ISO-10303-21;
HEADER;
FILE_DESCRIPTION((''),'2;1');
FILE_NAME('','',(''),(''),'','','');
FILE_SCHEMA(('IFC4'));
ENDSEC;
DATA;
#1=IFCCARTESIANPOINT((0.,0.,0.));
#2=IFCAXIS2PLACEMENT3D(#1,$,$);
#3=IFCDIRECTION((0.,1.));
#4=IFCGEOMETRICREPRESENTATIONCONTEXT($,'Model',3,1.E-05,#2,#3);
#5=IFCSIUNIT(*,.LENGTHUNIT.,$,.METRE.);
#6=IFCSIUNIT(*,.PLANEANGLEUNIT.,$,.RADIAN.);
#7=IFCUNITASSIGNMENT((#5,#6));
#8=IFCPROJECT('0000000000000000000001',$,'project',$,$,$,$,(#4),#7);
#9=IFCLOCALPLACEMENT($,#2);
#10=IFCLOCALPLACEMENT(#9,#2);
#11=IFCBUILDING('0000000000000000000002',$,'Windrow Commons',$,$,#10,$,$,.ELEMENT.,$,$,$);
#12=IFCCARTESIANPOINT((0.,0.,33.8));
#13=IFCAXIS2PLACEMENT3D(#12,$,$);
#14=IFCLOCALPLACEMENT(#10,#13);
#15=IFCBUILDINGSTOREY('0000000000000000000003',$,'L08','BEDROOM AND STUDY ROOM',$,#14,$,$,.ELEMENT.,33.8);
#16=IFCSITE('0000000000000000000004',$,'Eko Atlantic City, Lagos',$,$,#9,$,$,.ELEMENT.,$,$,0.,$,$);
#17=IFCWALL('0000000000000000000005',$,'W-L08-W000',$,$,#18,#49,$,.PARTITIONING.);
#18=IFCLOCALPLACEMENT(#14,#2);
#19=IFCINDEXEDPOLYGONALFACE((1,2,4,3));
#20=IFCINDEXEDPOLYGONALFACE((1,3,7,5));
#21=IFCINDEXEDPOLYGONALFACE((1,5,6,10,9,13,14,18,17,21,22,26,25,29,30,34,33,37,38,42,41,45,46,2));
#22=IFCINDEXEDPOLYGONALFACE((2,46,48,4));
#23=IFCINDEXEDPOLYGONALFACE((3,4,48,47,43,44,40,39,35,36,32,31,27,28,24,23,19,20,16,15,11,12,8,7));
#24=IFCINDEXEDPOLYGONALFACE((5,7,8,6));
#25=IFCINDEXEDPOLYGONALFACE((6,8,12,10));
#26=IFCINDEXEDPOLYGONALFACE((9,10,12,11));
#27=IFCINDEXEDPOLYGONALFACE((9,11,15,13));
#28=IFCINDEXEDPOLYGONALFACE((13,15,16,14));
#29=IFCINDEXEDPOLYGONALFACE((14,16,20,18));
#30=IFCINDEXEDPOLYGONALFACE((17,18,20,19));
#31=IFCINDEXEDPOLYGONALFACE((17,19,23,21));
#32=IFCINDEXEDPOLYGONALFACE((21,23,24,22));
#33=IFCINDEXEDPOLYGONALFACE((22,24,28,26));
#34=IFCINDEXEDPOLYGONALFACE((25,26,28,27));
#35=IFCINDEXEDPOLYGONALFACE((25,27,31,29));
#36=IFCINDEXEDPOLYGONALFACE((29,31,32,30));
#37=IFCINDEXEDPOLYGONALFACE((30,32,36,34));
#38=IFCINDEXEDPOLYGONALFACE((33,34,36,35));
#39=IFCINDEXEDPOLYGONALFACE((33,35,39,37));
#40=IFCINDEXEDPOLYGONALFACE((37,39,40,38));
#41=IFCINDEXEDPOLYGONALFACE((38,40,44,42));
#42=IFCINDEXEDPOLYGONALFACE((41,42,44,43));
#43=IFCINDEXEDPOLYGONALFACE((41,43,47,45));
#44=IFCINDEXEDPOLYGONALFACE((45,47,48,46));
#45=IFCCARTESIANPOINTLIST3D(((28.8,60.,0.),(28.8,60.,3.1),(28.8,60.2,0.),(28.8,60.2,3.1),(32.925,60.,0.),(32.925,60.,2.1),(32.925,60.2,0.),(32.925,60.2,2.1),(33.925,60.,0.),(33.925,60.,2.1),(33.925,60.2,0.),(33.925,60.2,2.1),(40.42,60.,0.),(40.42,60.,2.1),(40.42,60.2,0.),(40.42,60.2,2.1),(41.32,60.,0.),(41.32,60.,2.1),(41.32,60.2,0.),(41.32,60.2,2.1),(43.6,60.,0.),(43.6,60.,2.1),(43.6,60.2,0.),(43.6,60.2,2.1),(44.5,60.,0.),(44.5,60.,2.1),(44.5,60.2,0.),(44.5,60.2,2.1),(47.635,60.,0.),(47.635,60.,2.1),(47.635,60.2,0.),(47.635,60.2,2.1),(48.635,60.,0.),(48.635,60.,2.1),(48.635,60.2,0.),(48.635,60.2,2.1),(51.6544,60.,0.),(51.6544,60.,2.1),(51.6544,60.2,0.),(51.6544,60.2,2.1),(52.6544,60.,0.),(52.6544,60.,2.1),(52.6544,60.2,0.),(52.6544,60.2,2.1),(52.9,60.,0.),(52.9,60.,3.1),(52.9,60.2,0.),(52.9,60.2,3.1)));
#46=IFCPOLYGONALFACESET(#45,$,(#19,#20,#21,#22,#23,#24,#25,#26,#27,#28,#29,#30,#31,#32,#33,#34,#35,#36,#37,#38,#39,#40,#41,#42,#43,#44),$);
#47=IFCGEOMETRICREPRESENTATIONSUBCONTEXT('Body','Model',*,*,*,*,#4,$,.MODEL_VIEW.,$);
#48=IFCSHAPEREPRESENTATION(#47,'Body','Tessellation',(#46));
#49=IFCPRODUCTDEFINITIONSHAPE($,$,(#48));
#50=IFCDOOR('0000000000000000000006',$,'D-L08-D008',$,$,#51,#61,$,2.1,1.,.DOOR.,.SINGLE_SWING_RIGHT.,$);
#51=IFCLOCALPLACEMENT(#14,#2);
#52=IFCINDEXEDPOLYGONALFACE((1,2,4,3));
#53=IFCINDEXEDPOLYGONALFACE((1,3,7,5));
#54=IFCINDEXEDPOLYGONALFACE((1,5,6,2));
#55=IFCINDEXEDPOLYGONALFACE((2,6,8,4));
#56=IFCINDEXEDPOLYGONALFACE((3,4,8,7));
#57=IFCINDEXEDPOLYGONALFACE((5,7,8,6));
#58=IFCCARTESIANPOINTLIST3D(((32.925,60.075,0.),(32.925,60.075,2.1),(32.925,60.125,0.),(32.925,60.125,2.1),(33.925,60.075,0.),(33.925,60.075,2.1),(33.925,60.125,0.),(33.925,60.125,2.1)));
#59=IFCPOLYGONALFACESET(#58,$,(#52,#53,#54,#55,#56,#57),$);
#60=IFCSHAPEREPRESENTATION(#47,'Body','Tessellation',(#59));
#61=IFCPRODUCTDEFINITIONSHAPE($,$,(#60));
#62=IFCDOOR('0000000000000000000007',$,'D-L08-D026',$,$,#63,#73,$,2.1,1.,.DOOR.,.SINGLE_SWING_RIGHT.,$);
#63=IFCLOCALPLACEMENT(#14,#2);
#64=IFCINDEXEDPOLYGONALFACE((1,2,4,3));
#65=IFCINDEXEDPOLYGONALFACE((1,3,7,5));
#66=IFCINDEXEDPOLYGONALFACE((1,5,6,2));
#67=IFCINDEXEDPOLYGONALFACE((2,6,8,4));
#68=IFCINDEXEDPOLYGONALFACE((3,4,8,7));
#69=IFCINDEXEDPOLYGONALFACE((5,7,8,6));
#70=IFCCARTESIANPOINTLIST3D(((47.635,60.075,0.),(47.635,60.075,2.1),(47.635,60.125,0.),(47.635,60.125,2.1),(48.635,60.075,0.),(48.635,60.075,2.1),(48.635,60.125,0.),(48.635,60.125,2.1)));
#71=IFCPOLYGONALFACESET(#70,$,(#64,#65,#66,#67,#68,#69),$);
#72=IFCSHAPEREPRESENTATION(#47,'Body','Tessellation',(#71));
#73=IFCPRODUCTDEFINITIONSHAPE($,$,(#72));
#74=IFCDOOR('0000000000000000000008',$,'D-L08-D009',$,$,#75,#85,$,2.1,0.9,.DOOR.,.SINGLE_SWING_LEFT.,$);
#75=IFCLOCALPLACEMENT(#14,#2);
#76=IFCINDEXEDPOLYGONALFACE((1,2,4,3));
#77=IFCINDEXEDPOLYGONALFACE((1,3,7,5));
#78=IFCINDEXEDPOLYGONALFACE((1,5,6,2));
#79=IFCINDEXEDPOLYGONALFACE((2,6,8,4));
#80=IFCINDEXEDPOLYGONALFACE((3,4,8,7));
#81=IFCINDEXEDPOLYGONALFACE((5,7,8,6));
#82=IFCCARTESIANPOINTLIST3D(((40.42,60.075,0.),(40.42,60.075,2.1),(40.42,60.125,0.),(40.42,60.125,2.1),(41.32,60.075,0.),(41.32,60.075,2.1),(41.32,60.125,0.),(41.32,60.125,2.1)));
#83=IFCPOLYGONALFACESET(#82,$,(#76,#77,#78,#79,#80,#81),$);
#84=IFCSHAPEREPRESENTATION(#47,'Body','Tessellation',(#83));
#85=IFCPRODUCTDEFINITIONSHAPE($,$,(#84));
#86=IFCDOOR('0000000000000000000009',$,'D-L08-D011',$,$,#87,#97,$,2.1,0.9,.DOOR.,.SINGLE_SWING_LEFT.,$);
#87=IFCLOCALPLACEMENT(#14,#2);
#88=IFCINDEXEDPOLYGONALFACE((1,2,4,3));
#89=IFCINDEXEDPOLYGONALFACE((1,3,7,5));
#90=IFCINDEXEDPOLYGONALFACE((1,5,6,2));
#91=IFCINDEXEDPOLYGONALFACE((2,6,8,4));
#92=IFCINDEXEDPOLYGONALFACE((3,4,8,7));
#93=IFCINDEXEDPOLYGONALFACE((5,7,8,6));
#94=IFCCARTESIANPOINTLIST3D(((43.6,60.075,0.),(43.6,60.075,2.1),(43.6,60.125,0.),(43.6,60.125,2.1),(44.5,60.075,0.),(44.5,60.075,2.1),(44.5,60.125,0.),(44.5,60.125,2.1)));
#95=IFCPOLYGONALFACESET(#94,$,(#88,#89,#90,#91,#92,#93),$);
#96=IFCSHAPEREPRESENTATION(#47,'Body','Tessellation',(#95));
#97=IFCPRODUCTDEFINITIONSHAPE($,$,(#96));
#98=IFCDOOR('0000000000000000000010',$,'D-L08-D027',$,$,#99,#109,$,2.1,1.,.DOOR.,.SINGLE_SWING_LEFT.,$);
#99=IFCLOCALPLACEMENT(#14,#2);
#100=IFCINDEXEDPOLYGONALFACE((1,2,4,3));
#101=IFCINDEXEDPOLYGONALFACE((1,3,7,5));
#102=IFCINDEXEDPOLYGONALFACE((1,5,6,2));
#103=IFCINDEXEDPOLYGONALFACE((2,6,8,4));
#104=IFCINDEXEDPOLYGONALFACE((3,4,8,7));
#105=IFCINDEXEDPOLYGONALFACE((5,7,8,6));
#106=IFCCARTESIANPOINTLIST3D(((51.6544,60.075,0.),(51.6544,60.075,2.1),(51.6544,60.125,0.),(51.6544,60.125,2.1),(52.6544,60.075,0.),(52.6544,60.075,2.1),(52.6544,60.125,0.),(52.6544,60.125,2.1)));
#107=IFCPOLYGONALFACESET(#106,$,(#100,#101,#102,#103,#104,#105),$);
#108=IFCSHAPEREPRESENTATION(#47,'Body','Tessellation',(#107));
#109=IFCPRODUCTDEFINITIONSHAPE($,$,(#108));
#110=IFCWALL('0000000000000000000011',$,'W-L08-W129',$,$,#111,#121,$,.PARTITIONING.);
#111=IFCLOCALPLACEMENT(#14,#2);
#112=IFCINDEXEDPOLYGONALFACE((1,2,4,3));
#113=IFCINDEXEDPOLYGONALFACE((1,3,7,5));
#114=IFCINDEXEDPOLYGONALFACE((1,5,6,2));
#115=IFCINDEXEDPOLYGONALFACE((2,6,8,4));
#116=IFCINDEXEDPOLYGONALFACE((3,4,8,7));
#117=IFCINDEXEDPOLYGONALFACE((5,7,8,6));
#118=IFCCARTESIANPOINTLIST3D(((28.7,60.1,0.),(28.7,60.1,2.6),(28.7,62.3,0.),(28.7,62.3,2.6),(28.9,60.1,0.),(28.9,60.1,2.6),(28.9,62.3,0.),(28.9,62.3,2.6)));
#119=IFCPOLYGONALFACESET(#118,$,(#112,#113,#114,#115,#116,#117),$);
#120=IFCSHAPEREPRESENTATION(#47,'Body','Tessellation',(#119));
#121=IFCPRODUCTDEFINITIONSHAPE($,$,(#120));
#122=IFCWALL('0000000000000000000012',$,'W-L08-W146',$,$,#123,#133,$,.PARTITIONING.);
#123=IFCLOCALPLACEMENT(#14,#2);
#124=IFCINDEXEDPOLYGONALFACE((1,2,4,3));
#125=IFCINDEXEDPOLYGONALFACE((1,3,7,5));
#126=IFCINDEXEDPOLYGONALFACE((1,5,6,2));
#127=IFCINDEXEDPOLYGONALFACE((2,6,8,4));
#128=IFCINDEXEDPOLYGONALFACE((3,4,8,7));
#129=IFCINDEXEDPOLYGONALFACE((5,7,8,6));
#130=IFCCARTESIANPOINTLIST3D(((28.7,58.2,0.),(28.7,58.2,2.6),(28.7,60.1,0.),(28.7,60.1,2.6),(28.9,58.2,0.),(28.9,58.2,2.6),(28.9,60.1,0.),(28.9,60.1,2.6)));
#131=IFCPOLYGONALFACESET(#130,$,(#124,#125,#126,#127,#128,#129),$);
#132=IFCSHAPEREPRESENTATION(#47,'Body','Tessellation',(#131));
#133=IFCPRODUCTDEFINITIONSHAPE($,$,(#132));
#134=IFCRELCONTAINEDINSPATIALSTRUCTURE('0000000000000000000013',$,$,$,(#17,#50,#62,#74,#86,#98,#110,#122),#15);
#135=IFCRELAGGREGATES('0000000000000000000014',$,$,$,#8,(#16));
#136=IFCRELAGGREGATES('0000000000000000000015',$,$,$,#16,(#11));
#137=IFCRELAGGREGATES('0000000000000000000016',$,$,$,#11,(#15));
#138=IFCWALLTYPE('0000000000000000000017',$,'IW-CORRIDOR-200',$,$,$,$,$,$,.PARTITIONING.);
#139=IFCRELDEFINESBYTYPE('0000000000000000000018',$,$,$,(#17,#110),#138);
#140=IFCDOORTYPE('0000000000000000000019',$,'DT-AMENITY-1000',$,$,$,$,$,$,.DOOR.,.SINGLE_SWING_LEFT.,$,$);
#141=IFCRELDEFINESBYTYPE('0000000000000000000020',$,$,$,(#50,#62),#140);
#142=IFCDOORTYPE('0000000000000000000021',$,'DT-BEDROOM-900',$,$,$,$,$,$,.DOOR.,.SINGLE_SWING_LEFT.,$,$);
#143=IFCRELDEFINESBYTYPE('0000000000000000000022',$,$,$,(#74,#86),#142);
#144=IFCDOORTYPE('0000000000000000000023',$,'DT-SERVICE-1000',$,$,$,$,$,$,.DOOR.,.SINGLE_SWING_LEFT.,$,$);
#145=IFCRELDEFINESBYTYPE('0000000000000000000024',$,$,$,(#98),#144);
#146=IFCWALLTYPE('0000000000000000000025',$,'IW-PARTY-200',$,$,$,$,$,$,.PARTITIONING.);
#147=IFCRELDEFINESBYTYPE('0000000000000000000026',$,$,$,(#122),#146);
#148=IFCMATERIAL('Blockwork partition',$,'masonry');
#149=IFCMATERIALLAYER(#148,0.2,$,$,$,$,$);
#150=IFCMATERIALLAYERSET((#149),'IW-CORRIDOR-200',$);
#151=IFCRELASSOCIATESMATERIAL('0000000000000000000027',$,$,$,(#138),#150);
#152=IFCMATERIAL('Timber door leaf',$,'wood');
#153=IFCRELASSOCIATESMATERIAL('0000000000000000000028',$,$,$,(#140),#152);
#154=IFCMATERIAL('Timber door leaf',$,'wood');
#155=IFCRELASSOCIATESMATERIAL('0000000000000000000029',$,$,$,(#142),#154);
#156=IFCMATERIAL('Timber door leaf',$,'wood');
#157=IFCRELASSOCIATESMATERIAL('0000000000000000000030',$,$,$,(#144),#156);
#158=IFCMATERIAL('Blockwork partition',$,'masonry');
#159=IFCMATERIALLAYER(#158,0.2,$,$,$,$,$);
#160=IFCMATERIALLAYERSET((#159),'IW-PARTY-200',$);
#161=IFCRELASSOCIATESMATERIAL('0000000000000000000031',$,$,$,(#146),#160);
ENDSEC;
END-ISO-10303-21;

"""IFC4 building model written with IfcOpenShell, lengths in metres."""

from ifc_helpers import new_model, si_unit, direction, frame, frame_2d, origin, place, context, subcontext, project, spatial, rectangle, extrude, material, layer, layer_set, type_object, element, fill, save


model = new_model("IFC4")

# Units and contexts
model_context = context("Model", 3, precision=1e-05, world=origin(), true_north=direction((0.0, 1.0)))
body_context = subcontext(model_context, "Body", "Model", "MODEL_VIEW")
ifc_project = project(units=[si_unit("LENGTHUNIT", "METRE"), si_unit("PLANEANGLEUNIT", "RADIAN")], contexts=[model_context])

# Site, building, storey
site_placement = place(None, origin())
site = spatial("IfcSite", under=ifc_project, at=site_placement, Name="Eko Atlantic City, Lagos", CompositionType="ELEMENT", RefElevation=0.0)
building_placement = place(site_placement, origin())
building = spatial("IfcBuilding", under=site, at=building_placement, Name="Windrow Commons", CompositionType="ELEMENT")
storey_placement = place(building_placement, frame((0.0, 0.0, 33.8)))
storey = spatial("IfcBuildingStorey", under=building, at=storey_placement, Name="L08", Description="BEDROOM AND STUDY ROOM", CompositionType="ELEMENT", Elevation=33.8)

# Wall, openings, doors
ifc_material_1 = material(Name="Blockwork partition", Category="masonry")
ifc_layer_1 = layer(ifc_material_1, 0.2)
ifc_layer_set_1 = layer_set([ifc_layer_1], Name="IW-CORRIDOR-200")
wall_type_1 = type_object("IfcWallType", Name="IW-CORRIDOR-200", PredefinedType="PARTITIONING", material=ifc_layer_set_1)
wall_1_placement = place(storey_placement, frame((28.8, 60.1, 0.0), z_axis=(0.0, 0.0, 1.0), x_axis=(1.0, 0.0, 0.0)))
wall_1 = element("IfcWall", 1, at=wall_1_placement, inside=storey, type_object=wall_type_1, Name="W-L08-W000", PredefinedType="PARTITIONING", context=body_context, shape_type="SweptSolid", body=[
    extrude(rectangle(XDim=24.1, YDim=0.2, at=frame_2d((12.05, 0.0))), origin(), (0.0, 0.0, 1.0), 3.1),
])
opening_1_placement = place(wall_1_placement, frame((4.125, 0.0, 0.0)))
opening_1 = element("IfcOpeningElement", 2, at=opening_1_placement, cuts=wall_1, PredefinedType="OPENING", context=body_context, shape_type="SweptSolid", body=[
    extrude(rectangle(XDim=1.0, YDim=2.1, at=frame_2d((0.5, 1.05))), frame((0.0, 0.11, 0.0), z_axis=(0.0, -1.0, 0.0), x_axis=(1.0, 0.0, 0.0)), (0.0, 0.0, 1.0), 0.22),
])
opening_2_placement = place(wall_1_placement, frame((11.62, 0.0, 0.0)))
opening_2 = element("IfcOpeningElement", 3, at=opening_2_placement, cuts=wall_1, PredefinedType="OPENING", context=body_context, shape_type="SweptSolid", body=[
    extrude(rectangle(XDim=0.9, YDim=2.1, at=frame_2d((0.45, 1.05))), frame((0.0, 0.11, 0.0), z_axis=(0.0, -1.0, 0.0), x_axis=(1.0, 0.0, 0.0)), (0.0, 0.0, 1.0), 0.22),
])
opening_3_placement = place(wall_1_placement, frame((14.8, 0.0, 0.0)))
opening_3 = element("IfcOpeningElement", 4, at=opening_3_placement, cuts=wall_1, PredefinedType="OPENING", context=body_context, shape_type="SweptSolid", body=[
    extrude(rectangle(XDim=0.9, YDim=2.1, at=frame_2d((0.45, 1.05))), frame((0.0, 0.11, 0.0), z_axis=(0.0, -1.0, 0.0), x_axis=(1.0, 0.0, 0.0)), (0.0, 0.0, 1.0), 0.22),
])
opening_4_placement = place(wall_1_placement, frame((18.835, 0.0, 0.0)))
opening_4 = element("IfcOpeningElement", 5, at=opening_4_placement, cuts=wall_1, PredefinedType="OPENING", context=body_context, shape_type="SweptSolid", body=[
    extrude(rectangle(XDim=1.0, YDim=2.1, at=frame_2d((0.5, 1.05))), frame((0.0, 0.11, 0.0), z_axis=(0.0, -1.0, 0.0), x_axis=(1.0, 0.0, 0.0)), (0.0, 0.0, 1.0), 0.22),
])
opening_5_placement = place(wall_1_placement, frame((22.8544, 0.0, 0.0)))
opening_5 = element("IfcOpeningElement", 6, at=opening_5_placement, cuts=wall_1, PredefinedType="OPENING", context=body_context, shape_type="SweptSolid", body=[
    extrude(rectangle(XDim=1.0, YDim=2.1, at=frame_2d((0.5, 1.05))), frame((0.0, 0.11, 0.0), z_axis=(0.0, -1.0, 0.0), x_axis=(1.0, 0.0, 0.0)), (0.0, 0.0, 1.0), 0.22),
])
ifc_material_2 = material(Name="Timber door leaf", Category="wood")
door_type_1 = type_object("IfcDoorType", Name="DT-AMENITY-1000", OperationType="SINGLE_SWING_LEFT", PredefinedType="DOOR", material=ifc_material_2)
door_1_placement = place(opening_1_placement, origin())
door_1 = element("IfcDoor", 7, at=door_1_placement, inside=storey, type_object=door_type_1, Name="D-L08-D008", OperationType="SINGLE_SWING_RIGHT", OverallHeight=2.1, OverallWidth=1.0, PredefinedType="DOOR", context=body_context, shape_type="SweptSolid", body=[
    extrude(rectangle(XDim=1.0, YDim=2.1, at=frame_2d((0.5, 1.05))), frame((0.0, 0.025, 0.0), z_axis=(0.0, -1.0, 0.0), x_axis=(1.0, 0.0, 0.0)), (0.0, 0.0, 1.0), 0.05),
])
fill(opening_1, door_1)
door_2_placement = place(opening_4_placement, origin())
door_2 = element("IfcDoor", 8, at=door_2_placement, inside=storey, type_object=door_type_1, Name="D-L08-D026", OperationType="SINGLE_SWING_RIGHT", OverallHeight=2.1, OverallWidth=1.0, PredefinedType="DOOR", context=body_context, shape_type="SweptSolid", body=[
    extrude(rectangle(XDim=1.0, YDim=2.1, at=frame_2d((0.5, 1.05))), frame((0.0, 0.025, 0.0), z_axis=(0.0, -1.0, 0.0), x_axis=(1.0, 0.0, 0.0)), (0.0, 0.0, 1.0), 0.05),
])
fill(opening_4, door_2)
ifc_material_3 = material(Name="Timber door leaf", Category="wood")
door_type_2 = type_object("IfcDoorType", Name="DT-BEDROOM-900", OperationType="SINGLE_SWING_LEFT", PredefinedType="DOOR", material=ifc_material_3)
door_3_placement = place(opening_2_placement, origin())
door_3 = element("IfcDoor", 9, at=door_3_placement, inside=storey, type_object=door_type_2, Name="D-L08-D009", OperationType="SINGLE_SWING_LEFT", OverallHeight=2.1, OverallWidth=0.9, PredefinedType="DOOR", context=body_context, shape_type="SweptSolid", body=[
    extrude(rectangle(XDim=0.9, YDim=2.1, at=frame_2d((0.45, 1.05))), frame((0.0, 0.025, 0.0), z_axis=(0.0, -1.0, 0.0), x_axis=(1.0, 0.0, 0.0)), (0.0, 0.0, 1.0), 0.05),
])
fill(opening_2, door_3)
door_4_placement = place(opening_3_placement, origin())
door_4 = element("IfcDoor", 10, at=door_4_placement, inside=storey, type_object=door_type_2, Name="D-L08-D011", OperationType="SINGLE_SWING_LEFT", OverallHeight=2.1, OverallWidth=0.9, PredefinedType="DOOR", context=body_context, shape_type="SweptSolid", body=[
    extrude(rectangle(XDim=0.9, YDim=2.1, at=frame_2d((0.45, 1.05))), frame((0.0, 0.025, 0.0), z_axis=(0.0, -1.0, 0.0), x_axis=(1.0, 0.0, 0.0)), (0.0, 0.0, 1.0), 0.05),
])
fill(opening_3, door_4)
ifc_material_4 = material(Name="Timber door leaf", Category="wood")
door_type_3 = type_object("IfcDoorType", Name="DT-SERVICE-1000", OperationType="SINGLE_SWING_LEFT", PredefinedType="DOOR", material=ifc_material_4)
door_5_placement = place(opening_5_placement, origin())
door_5 = element("IfcDoor", 11, at=door_5_placement, inside=storey, type_object=door_type_3, Name="D-L08-D027", OperationType="SINGLE_SWING_LEFT", OverallHeight=2.1, OverallWidth=1.0, PredefinedType="DOOR", context=body_context, shape_type="SweptSolid", body=[
    extrude(rectangle(XDim=1.0, YDim=2.1, at=frame_2d((0.5, 1.05))), frame((0.0, 0.025, 0.0), z_axis=(0.0, -1.0, 0.0), x_axis=(1.0, 0.0, 0.0)), (0.0, 0.0, 1.0), 0.05),
])
fill(opening_5, door_5)

# Walls
wall_2_placement = place(storey_placement, frame((28.8, 60.1, 0.0), z_axis=(0.0, 0.0, 1.0), x_axis=(0.0, 1.0, 0.0)))
element("IfcWall", 12, at=wall_2_placement, inside=storey, type_object=wall_type_1, Name="W-L08-W129", PredefinedType="PARTITIONING", context=body_context, shape_type="SweptSolid", body=[
    extrude(rectangle(XDim=2.2, YDim=0.2, at=frame_2d((1.1, 0.0))), origin(), (0.0, 0.0, 1.0), 2.6),
])
ifc_material_5 = material(Name="Blockwork partition", Category="masonry")
ifc_layer_2 = layer(ifc_material_5, 0.2)
ifc_layer_set_2 = layer_set([ifc_layer_2], Name="IW-PARTY-200")
wall_type_2 = type_object("IfcWallType", Name="IW-PARTY-200", PredefinedType="PARTITIONING", material=ifc_layer_set_2)
wall_3_placement = place(storey_placement, frame((28.8, 58.2, 0.0), z_axis=(0.0, 0.0, 1.0), x_axis=(0.0, 1.0, 0.0)))
element("IfcWall", 13, at=wall_3_placement, inside=storey, type_object=wall_type_2, Name="W-L08-W146", PredefinedType="PARTITIONING", context=body_context, shape_type="SweptSolid", body=[
    extrude(rectangle(XDim=1.9, YDim=0.2, at=frame_2d((0.95, 0.0))), origin(), (0.0, 0.0, 1.0), 2.6),
])

save(model, "model.ifc")
